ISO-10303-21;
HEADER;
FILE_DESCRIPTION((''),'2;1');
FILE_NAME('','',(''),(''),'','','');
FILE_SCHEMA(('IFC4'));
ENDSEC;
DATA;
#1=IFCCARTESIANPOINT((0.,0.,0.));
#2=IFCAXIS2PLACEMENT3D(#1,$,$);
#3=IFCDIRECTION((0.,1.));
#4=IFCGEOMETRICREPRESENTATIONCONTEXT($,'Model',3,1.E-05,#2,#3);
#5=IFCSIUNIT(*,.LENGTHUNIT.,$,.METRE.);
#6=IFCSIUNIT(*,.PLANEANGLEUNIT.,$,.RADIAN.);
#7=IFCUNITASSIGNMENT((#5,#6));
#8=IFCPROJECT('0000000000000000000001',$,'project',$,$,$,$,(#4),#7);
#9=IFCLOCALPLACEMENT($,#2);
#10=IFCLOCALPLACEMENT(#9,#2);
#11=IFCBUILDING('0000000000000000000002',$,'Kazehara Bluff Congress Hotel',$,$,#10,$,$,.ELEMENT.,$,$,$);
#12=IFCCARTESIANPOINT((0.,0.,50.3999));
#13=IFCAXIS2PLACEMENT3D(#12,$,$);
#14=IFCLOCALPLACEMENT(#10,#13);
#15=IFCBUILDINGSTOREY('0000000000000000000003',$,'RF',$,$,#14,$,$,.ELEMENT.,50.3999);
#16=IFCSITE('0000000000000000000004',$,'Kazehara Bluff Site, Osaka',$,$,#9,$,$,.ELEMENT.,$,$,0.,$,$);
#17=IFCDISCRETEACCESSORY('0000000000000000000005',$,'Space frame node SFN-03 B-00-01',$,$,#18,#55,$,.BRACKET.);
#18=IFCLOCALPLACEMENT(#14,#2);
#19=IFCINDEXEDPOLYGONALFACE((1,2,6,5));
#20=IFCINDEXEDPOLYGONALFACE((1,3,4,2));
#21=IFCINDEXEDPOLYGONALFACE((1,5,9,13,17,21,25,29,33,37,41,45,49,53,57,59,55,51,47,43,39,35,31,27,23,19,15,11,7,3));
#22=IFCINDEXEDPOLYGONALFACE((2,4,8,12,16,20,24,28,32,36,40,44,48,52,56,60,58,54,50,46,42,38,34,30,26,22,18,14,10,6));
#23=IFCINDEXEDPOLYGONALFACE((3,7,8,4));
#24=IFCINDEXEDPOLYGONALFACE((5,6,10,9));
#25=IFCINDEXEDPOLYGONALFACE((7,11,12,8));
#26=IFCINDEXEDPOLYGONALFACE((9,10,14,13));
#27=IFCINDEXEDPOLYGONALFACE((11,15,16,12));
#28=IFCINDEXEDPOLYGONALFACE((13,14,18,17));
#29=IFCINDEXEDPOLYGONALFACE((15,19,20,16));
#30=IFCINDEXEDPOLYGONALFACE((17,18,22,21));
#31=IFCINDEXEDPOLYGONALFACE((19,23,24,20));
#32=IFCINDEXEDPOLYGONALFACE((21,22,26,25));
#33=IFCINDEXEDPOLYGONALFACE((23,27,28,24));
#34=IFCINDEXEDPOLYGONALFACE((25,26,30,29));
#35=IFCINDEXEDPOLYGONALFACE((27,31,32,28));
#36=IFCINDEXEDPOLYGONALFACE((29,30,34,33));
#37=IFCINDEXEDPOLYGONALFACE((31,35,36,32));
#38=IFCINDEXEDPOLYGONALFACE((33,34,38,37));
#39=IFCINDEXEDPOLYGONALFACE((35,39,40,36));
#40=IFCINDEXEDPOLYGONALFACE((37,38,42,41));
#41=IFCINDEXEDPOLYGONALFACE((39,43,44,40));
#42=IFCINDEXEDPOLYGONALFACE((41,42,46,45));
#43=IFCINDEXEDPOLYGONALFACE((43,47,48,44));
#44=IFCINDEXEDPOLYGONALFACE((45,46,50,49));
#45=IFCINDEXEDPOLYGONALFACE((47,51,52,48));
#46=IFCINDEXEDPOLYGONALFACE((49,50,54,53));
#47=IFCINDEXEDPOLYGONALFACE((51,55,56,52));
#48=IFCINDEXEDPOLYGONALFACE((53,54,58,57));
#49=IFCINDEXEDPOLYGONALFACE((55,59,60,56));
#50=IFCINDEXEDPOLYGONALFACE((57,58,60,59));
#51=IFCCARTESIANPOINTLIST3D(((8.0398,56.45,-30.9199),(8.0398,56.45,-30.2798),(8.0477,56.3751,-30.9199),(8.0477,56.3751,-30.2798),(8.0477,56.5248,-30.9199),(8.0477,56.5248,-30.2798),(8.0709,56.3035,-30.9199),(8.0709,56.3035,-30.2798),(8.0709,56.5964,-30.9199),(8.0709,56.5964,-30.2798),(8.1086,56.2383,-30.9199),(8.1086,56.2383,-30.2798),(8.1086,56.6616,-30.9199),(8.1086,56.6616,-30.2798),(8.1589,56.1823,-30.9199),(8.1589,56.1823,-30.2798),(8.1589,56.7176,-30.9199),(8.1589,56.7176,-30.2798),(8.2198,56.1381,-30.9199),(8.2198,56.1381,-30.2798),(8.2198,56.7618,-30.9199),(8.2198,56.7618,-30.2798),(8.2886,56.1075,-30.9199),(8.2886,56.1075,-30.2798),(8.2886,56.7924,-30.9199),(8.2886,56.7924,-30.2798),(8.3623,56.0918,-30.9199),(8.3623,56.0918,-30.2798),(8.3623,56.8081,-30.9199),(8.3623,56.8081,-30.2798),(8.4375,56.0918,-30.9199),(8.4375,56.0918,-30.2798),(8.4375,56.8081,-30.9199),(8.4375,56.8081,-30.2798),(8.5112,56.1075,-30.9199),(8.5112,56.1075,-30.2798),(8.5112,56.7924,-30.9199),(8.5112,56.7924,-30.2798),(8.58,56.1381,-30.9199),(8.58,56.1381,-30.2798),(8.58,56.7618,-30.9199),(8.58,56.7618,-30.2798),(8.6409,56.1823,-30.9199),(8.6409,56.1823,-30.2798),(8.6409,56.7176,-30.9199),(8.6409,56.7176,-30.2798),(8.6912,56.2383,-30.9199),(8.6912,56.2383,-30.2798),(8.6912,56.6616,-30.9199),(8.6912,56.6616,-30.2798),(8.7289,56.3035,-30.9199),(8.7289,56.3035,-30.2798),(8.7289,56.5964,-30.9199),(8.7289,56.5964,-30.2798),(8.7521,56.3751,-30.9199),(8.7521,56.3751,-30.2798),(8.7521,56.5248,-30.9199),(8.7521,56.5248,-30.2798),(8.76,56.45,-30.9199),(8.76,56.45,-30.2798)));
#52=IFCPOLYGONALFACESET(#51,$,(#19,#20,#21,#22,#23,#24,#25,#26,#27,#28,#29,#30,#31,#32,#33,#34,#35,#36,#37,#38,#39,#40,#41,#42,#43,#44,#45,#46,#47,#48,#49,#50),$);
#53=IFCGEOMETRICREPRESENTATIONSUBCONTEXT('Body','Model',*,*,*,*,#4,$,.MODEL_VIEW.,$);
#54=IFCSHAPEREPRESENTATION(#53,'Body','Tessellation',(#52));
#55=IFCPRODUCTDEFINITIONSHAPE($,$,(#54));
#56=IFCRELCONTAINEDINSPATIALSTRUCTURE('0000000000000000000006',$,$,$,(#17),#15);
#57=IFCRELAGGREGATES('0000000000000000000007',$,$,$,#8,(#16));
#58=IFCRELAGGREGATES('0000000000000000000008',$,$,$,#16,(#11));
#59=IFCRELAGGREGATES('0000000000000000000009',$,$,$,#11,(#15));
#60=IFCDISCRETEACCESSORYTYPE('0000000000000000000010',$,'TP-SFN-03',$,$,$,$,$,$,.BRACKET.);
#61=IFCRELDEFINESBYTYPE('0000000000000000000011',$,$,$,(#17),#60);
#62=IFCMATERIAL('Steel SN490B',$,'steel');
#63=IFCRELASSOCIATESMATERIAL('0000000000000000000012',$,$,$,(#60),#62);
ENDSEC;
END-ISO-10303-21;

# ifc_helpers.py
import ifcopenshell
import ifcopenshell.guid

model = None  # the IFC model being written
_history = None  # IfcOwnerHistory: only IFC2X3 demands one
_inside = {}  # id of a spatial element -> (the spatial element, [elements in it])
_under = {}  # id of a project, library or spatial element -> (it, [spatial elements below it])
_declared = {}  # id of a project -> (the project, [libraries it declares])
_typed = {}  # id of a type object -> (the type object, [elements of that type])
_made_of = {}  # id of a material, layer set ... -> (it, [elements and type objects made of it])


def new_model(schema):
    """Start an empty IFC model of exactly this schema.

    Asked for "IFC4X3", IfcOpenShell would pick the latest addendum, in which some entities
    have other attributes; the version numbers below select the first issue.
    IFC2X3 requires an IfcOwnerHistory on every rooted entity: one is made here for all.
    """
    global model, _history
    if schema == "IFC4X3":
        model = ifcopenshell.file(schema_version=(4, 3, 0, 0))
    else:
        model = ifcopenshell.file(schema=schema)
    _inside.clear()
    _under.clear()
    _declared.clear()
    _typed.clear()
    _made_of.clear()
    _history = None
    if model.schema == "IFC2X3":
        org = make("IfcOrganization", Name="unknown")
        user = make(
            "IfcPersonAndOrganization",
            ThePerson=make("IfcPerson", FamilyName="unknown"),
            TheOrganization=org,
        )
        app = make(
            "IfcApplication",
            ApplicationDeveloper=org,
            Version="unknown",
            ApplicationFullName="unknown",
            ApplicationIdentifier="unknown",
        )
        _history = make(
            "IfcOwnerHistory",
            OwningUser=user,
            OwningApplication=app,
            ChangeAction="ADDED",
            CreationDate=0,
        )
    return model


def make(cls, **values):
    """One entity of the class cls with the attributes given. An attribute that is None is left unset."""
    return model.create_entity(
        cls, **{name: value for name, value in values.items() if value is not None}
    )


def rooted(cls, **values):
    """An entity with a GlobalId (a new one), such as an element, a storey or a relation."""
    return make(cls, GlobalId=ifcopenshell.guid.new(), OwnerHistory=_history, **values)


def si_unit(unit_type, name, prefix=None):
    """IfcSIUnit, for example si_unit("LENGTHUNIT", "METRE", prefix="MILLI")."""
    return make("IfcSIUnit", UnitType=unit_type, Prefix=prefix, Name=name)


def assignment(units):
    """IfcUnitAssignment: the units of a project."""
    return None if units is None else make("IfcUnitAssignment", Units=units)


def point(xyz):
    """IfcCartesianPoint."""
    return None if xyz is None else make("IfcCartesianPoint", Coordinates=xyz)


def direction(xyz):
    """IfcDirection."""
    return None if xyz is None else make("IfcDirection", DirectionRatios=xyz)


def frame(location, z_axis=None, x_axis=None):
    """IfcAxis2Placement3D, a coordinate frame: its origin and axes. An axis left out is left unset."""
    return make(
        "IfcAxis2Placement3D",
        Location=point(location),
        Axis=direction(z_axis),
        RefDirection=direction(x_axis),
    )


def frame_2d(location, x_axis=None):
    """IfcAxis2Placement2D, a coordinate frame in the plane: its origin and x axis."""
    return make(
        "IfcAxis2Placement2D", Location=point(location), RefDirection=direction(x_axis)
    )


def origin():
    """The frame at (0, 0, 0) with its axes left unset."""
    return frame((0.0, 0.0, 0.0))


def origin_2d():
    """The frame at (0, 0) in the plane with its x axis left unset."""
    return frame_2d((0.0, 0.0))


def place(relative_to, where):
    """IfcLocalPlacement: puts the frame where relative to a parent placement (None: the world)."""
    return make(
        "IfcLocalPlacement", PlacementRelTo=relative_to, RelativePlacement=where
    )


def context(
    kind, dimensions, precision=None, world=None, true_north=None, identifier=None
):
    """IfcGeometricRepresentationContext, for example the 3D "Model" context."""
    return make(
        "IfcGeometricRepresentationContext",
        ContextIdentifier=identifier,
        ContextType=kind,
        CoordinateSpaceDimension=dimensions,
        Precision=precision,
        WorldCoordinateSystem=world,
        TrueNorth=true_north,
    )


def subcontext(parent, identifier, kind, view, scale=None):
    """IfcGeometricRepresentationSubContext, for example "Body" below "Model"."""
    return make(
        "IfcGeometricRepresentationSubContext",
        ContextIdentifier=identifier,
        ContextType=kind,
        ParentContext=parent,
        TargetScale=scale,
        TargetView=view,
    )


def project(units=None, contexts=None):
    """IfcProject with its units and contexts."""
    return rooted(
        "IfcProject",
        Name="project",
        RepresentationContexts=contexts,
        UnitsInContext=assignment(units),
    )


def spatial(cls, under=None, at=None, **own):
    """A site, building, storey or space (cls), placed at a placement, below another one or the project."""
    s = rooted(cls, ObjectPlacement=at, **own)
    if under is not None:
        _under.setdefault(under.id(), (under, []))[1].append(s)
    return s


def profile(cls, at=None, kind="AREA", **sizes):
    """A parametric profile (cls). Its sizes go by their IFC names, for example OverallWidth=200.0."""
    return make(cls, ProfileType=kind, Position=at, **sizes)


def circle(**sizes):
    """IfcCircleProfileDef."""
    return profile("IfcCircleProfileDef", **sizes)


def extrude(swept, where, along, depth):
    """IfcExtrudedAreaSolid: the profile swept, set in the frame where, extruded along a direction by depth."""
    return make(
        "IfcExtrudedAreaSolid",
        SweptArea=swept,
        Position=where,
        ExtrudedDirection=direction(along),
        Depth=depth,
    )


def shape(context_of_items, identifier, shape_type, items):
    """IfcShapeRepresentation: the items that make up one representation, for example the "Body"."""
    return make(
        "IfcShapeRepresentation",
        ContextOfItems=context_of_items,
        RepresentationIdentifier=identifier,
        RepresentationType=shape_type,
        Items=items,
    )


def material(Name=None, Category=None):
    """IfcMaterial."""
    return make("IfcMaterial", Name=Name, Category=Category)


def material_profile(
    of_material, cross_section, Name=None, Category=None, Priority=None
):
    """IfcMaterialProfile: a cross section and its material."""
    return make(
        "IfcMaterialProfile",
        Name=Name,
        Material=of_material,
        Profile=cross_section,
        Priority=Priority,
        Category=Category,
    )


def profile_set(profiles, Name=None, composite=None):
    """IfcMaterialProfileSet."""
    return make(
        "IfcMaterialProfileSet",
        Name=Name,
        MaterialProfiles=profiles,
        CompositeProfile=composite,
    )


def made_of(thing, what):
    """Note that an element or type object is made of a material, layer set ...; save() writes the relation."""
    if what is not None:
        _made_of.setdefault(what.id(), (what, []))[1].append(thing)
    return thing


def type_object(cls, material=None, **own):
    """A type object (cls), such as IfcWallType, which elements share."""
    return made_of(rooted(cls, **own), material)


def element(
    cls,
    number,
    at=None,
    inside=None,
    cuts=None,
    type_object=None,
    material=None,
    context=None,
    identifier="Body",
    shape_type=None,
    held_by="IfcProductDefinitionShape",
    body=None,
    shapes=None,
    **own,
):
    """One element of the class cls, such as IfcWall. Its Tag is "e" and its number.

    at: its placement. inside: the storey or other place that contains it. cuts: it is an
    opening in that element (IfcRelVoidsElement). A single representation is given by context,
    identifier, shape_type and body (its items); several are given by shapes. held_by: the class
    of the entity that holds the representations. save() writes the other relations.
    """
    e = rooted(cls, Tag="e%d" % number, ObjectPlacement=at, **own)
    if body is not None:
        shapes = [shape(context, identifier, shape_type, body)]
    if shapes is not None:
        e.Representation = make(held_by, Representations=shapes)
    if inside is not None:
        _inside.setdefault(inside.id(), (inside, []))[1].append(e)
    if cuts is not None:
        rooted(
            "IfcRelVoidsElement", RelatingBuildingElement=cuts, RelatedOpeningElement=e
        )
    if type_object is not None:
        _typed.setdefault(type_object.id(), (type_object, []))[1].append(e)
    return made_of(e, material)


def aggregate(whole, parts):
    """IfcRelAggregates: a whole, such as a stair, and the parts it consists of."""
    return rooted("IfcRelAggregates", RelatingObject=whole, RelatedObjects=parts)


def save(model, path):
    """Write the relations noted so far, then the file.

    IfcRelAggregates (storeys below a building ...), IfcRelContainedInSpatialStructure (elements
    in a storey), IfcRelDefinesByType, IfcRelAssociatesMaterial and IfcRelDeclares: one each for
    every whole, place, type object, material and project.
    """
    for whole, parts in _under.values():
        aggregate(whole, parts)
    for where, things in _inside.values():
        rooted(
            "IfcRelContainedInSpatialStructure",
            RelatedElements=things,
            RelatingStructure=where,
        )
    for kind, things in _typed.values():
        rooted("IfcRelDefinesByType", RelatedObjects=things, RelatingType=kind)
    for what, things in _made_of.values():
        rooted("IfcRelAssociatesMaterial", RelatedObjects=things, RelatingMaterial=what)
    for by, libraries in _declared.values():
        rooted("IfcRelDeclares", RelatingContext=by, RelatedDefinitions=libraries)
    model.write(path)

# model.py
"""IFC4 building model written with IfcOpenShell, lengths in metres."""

from ifc_helpers import new_model, si_unit, direction, frame, origin, origin_2d, place, context, subcontext, project, spatial, circle, extrude, material, material_profile, profile_set, type_object, element, save


model = new_model("IFC4")

# Units and contexts
model_context = context("Model", 3, precision=1e-05, world=origin(), true_north=direction((0.0, 1.0)))
body_context = subcontext(model_context, "Body", "Model", "MODEL_VIEW")
ifc_project = project(units=[si_unit("LENGTHUNIT", "METRE"), si_unit("PLANEANGLEUNIT", "RADIAN")], contexts=[model_context])

# Site, building, storey
site_placement = place(None, origin())
site = spatial("IfcSite", under=ifc_project, at=site_placement, Name="Kazehara Bluff Site, Osaka", CompositionType="ELEMENT", RefElevation=0.0)
building_placement = place(site_placement, origin())
building = spatial("IfcBuilding", under=site, at=building_placement, Name="Kazehara Bluff Congress Hotel", CompositionType="ELEMENT")
storey_placement = place(building_placement, frame((0.0, 0.0, 50.3999)))
storey = spatial("IfcBuildingStorey", under=building, at=storey_placement, Name="RF", CompositionType="ELEMENT", Elevation=50.3999)

# Discrete accessory
ifc_material_1 = material(Name="Steel SN490B", Category="steel")
ifc_material_profile_1 = material_profile(ifc_material_1, circle(Radius=0.3601, at=origin_2d()))
ifc_profile_set_1 = profile_set([ifc_material_profile_1], Name="Steel SN490B")
discrete_accessory_type_1 = type_object("IfcDiscreteAccessoryType", Name="TP-SFN-03", PredefinedType="BRACKET", material=ifc_profile_set_1)
discrete_accessory_1_placement = place(storey_placement, frame((8.3999, 56.45, -30.9199), z_axis=(0.0, 0.0, 1.0), x_axis=(1.0, 0.0, 0.0)))
element("IfcDiscreteAccessory", 1, at=discrete_accessory_1_placement, inside=storey, type_object=discrete_accessory_type_1, Name="Space frame node SFN-03 B-00-01", PredefinedType="BRACKET", context=body_context, shape_type="SweptSolid", body=[
    extrude(circle(Radius=0.3601, at=origin_2d()), origin(), (0.0, 0.0, 1.0), 0.6401),
])

save(model, "model.ifc")
